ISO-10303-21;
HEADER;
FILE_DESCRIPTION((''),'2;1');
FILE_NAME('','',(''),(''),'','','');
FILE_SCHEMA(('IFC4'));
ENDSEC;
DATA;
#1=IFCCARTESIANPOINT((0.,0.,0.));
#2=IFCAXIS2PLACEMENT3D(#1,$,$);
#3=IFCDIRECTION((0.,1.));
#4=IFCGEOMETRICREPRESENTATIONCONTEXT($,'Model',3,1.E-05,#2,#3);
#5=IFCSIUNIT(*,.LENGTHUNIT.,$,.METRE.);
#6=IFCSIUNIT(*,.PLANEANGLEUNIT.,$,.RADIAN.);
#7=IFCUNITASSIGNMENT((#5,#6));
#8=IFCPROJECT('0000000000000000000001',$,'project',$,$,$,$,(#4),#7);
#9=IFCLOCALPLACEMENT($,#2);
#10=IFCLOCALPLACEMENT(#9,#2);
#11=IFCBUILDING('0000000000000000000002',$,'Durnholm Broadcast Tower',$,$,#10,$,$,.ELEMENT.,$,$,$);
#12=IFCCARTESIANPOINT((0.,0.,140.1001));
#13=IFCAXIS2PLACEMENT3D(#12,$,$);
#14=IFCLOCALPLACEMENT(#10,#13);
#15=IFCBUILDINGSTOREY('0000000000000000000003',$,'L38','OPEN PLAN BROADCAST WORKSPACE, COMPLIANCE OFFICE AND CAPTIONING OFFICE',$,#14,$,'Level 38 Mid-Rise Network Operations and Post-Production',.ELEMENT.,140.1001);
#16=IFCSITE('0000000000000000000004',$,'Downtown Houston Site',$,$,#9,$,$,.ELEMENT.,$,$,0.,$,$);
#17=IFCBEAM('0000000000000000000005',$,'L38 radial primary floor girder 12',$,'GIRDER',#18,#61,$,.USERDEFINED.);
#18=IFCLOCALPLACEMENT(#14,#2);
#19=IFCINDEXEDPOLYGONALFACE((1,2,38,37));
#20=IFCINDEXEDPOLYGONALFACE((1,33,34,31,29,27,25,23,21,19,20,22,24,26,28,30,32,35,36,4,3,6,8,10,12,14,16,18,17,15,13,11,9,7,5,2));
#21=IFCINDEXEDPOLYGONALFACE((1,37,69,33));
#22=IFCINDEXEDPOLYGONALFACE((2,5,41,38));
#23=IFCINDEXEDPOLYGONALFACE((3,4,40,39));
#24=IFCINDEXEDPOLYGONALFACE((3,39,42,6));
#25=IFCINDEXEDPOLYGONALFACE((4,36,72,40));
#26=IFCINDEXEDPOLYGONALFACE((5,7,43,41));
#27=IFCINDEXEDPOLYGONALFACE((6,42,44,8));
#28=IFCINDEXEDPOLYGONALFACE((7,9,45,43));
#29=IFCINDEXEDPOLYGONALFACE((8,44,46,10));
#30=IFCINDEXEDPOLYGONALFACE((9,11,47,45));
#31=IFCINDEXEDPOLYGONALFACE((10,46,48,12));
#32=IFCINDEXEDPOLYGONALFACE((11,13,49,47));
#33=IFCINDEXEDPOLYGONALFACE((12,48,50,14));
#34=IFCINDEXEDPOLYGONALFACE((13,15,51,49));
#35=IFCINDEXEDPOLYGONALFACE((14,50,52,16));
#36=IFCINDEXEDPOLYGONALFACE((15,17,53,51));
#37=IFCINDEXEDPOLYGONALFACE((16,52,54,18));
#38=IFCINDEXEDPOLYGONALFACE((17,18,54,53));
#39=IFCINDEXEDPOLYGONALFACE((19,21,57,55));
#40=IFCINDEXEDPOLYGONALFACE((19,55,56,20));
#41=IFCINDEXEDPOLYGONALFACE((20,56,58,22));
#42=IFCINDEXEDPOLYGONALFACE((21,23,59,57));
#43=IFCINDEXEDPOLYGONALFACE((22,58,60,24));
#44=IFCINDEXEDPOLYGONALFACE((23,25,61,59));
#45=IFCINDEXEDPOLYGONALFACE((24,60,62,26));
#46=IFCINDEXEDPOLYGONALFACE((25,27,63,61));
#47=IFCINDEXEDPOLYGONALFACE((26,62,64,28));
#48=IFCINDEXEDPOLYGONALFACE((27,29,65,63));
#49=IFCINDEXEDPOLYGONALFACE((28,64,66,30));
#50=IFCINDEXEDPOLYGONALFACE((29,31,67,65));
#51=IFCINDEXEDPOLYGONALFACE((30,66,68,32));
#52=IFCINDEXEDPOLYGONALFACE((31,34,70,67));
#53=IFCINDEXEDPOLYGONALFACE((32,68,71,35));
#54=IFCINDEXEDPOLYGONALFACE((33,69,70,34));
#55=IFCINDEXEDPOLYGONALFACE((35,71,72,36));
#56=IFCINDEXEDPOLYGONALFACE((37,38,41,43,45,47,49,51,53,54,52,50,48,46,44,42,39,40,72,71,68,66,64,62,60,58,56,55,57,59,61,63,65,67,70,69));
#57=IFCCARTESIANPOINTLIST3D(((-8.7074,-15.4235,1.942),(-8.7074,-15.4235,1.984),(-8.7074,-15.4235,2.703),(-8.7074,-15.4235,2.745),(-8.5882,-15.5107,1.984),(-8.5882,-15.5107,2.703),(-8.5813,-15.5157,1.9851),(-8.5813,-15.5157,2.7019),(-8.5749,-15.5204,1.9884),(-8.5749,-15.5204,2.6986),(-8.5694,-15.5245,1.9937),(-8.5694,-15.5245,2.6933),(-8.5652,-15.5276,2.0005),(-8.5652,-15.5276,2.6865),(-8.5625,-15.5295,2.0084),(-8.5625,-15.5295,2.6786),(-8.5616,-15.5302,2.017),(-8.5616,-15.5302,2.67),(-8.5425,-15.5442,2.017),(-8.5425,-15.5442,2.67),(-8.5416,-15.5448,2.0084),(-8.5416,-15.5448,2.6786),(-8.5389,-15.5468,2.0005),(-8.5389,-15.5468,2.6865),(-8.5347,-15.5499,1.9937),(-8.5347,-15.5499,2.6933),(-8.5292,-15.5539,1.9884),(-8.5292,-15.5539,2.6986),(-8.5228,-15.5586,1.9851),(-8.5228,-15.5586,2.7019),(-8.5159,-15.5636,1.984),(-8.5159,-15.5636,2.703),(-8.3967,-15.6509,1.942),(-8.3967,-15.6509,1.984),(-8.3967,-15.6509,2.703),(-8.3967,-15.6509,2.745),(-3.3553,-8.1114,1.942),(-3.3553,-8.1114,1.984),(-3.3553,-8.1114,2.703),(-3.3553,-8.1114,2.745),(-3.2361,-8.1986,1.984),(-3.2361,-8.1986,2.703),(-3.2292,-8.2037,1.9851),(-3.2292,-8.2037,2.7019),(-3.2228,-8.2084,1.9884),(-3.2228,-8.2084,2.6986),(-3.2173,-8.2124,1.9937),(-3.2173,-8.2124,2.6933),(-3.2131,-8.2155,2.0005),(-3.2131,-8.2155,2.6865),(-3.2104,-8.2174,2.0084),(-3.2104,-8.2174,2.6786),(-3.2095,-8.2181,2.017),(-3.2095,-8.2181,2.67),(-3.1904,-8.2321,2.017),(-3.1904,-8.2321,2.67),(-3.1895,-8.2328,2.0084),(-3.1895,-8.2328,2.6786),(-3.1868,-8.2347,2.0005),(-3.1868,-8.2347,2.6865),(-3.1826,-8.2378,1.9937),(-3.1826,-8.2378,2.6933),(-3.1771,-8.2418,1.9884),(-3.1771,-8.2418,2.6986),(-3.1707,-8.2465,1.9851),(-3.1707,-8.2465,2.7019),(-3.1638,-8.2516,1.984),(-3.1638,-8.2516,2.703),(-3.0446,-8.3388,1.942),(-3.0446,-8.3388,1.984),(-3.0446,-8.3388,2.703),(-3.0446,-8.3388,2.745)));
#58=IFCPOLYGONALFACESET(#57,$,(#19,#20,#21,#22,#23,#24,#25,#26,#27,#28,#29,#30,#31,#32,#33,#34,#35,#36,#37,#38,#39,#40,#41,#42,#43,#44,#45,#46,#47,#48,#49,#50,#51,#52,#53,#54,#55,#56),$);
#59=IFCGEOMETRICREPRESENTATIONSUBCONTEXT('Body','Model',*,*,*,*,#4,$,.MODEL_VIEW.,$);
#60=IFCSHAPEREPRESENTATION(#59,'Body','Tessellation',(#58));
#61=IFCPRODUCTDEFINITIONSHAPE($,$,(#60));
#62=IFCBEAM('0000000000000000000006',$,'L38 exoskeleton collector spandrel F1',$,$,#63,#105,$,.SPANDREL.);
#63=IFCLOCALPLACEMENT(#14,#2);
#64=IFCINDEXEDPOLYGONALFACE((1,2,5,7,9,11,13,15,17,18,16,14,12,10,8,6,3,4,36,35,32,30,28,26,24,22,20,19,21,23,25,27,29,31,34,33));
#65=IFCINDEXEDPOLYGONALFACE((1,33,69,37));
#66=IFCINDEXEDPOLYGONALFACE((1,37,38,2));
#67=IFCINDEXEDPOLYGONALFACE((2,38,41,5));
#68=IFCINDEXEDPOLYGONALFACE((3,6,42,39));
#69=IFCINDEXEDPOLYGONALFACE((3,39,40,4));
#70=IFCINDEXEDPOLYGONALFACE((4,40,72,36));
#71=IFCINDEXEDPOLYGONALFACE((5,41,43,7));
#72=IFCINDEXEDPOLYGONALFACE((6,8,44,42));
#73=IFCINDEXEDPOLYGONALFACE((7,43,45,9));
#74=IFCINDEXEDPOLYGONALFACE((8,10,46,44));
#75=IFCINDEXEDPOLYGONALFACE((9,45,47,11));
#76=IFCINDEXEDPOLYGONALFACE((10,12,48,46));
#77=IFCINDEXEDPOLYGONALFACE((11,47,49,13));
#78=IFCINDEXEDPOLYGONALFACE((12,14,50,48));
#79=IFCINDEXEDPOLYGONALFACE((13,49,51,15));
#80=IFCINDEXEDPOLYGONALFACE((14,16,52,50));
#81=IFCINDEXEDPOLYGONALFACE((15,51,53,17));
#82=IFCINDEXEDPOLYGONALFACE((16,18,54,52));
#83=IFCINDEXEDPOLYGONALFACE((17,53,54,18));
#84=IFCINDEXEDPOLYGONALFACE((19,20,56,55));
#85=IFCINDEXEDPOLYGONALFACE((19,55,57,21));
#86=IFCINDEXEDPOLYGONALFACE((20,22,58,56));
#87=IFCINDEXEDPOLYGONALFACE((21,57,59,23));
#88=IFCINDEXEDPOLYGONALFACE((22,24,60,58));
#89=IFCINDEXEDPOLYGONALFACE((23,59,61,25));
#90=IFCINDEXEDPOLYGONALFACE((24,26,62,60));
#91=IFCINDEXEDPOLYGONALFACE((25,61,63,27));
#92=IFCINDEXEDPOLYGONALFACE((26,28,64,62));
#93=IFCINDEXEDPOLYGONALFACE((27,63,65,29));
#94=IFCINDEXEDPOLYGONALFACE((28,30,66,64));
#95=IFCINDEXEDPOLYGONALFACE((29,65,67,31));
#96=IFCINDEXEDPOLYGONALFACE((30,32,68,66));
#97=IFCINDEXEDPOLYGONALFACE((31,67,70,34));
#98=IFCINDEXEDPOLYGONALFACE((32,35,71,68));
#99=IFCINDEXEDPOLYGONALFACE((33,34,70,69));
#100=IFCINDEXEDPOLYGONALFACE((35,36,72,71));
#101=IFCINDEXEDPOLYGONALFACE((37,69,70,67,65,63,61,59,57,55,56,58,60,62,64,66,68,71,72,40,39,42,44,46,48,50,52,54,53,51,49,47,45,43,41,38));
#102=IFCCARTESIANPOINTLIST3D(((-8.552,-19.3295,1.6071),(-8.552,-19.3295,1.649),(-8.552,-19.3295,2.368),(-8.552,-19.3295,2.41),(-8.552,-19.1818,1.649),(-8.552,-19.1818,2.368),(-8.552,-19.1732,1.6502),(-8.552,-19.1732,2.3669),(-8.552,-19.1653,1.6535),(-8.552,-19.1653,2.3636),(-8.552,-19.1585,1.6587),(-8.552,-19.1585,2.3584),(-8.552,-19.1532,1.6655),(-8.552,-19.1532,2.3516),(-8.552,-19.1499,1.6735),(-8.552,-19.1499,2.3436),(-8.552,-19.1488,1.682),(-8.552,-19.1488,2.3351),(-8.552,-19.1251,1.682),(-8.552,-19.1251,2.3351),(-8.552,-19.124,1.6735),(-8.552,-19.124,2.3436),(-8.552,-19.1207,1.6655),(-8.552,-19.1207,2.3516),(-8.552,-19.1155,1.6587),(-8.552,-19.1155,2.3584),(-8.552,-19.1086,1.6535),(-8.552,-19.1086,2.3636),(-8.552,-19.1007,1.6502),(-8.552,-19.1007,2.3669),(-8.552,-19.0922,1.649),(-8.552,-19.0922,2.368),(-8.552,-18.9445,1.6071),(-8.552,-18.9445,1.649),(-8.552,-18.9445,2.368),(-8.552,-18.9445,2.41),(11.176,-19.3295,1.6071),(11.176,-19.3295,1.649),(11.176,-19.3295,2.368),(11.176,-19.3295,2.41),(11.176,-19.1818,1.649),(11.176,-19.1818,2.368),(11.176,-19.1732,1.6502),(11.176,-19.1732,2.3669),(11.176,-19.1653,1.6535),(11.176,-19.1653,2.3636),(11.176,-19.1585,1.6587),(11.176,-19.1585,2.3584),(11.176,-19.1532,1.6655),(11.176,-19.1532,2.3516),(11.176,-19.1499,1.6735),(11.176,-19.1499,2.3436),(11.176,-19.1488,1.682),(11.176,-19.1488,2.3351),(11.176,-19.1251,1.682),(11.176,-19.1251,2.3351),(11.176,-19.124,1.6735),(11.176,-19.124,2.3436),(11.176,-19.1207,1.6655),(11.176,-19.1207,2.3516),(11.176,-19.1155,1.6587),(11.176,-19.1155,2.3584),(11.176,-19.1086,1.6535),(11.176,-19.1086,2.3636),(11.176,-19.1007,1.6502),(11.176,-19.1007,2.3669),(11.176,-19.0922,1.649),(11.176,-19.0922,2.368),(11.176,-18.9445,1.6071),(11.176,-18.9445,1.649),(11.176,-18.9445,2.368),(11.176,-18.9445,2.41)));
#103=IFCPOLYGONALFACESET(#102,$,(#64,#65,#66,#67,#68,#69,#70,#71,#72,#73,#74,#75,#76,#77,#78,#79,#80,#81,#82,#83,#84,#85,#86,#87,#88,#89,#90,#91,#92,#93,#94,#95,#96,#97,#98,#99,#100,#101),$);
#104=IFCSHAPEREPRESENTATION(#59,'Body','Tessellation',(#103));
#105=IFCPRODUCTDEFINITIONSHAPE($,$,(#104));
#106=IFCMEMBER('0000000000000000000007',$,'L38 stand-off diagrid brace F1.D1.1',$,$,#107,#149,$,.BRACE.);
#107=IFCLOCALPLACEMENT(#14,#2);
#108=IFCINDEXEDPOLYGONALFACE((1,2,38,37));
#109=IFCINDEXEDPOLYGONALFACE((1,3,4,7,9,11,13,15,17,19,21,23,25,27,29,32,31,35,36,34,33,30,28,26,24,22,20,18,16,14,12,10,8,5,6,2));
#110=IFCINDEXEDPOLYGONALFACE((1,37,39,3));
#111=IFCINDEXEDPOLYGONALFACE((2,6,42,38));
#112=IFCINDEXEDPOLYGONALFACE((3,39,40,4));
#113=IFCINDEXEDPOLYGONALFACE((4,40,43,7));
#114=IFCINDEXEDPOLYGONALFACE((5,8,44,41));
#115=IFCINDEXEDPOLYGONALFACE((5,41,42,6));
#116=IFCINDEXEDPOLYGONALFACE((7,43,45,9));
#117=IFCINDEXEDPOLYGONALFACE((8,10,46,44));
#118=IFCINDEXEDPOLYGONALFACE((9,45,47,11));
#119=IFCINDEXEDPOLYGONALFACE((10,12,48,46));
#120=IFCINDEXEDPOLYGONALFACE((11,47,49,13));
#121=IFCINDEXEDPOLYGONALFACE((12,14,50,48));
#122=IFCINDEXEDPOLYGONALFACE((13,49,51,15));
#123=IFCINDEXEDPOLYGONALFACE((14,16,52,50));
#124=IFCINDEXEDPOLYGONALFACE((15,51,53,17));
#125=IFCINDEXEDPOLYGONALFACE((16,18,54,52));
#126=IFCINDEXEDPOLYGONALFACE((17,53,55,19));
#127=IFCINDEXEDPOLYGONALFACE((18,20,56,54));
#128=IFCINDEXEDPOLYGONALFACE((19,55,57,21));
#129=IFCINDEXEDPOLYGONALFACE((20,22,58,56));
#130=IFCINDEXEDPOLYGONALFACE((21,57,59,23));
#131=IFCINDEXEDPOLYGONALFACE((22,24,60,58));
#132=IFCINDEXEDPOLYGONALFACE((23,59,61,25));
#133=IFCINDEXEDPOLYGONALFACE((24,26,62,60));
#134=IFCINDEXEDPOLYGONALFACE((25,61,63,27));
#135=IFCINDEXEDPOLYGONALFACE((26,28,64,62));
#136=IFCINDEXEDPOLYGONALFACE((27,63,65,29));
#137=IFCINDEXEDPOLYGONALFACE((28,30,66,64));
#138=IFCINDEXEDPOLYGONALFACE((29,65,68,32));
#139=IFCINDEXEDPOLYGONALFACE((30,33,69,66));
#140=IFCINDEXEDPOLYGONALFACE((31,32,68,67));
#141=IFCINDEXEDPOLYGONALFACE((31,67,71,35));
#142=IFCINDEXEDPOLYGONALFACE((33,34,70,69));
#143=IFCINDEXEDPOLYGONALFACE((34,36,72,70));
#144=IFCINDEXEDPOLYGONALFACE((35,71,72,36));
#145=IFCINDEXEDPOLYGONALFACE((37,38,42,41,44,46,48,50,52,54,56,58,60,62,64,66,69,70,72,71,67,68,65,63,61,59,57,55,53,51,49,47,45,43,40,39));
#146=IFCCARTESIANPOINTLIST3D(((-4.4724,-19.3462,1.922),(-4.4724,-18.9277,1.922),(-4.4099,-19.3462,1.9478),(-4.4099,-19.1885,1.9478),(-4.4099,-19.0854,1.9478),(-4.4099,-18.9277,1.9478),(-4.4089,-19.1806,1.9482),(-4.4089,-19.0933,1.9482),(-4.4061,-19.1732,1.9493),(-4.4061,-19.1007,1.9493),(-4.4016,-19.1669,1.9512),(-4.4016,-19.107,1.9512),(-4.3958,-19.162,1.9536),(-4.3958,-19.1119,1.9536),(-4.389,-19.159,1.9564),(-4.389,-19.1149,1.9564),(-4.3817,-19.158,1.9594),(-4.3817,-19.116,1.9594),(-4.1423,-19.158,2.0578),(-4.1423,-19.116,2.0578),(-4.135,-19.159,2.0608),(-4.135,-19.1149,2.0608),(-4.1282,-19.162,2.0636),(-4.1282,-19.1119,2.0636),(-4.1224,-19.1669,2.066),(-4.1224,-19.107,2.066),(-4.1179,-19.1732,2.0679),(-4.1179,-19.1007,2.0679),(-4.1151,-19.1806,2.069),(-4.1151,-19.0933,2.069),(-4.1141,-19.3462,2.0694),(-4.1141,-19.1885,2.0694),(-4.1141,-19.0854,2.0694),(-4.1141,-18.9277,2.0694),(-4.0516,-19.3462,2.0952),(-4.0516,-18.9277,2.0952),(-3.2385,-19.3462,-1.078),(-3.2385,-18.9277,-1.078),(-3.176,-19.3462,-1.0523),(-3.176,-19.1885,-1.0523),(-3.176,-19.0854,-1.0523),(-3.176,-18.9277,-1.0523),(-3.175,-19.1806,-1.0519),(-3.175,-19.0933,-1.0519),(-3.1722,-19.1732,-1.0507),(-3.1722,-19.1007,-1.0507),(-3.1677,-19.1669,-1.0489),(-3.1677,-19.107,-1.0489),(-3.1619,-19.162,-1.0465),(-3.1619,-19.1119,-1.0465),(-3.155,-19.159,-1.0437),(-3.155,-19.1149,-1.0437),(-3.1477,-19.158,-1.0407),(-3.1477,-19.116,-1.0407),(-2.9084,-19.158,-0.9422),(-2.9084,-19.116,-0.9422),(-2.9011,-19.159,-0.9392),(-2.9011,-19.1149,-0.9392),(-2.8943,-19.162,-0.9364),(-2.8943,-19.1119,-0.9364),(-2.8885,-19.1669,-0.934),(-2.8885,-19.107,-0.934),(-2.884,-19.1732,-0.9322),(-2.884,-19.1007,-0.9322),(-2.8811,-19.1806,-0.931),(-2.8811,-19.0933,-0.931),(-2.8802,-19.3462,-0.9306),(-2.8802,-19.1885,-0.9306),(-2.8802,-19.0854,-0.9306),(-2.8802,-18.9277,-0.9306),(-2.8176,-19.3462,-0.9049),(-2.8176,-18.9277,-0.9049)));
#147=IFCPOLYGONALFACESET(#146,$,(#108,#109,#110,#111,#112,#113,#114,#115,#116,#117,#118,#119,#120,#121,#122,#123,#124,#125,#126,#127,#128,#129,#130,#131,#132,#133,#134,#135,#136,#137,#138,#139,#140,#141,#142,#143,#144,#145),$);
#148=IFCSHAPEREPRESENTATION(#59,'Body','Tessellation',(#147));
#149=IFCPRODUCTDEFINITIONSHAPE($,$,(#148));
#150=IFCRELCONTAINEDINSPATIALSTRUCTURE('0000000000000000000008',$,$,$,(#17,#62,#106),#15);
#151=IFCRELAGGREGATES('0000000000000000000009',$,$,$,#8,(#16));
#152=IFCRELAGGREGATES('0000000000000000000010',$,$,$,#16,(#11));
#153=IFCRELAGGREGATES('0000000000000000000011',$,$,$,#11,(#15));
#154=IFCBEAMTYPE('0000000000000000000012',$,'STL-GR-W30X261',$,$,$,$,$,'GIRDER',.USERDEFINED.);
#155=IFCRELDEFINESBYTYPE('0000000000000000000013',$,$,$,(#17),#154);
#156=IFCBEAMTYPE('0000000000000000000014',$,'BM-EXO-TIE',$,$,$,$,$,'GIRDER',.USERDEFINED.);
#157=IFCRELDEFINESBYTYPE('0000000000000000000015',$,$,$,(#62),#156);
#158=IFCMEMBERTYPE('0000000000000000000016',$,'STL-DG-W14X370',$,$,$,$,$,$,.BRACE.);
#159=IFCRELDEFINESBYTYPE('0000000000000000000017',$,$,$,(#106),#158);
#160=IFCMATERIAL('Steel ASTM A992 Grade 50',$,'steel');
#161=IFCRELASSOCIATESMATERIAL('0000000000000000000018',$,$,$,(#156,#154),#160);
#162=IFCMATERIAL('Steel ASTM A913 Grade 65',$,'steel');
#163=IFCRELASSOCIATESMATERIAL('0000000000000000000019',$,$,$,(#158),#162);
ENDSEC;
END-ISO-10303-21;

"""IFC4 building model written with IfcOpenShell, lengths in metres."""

from ifc_helpers import new_model, si_unit, direction, frame, origin, origin_2d, place, context, subcontext, project, spatial, i_section, extrude, source, transform, mapped, material, material_profile, profile_set, type_object, type_shapes, element, save


model = new_model("IFC4")

# Units and contexts
model_context = context("Model", 3, precision=1e-05, world=origin(), true_north=direction((0.0, 1.0)))
body_context = subcontext(model_context, "Body", "Model", "MODEL_VIEW")
ifc_project = project(units=[si_unit("LENGTHUNIT", "METRE"), si_unit("PLANEANGLEUNIT", "RADIAN")], contexts=[model_context])

# Site, building, storey
site_placement = place(None, origin())
site = spatial("IfcSite", under=ifc_project, at=site_placement, Name="Downtown Houston Site", CompositionType="ELEMENT", RefElevation=0.0)
building_placement = place(site_placement, origin())
building = spatial("IfcBuilding", under=site, at=building_placement, Name="Durnholm Broadcast Tower", CompositionType="ELEMENT")
storey_placement = place(building_placement, frame((0.0, 0.0, 140.1001)))
storey = spatial("IfcBuildingStorey", under=building, at=storey_placement, Name="L38", Description="OPEN PLAN BROADCAST WORKSPACE, COMPLIANCE OFFICE AND CAPTIONING OFFICE", LongName="Level 38 Mid-Rise Network Operations and Post-Production", CompositionType="ELEMENT", Elevation=140.1001)

# Beams
ifc_material_1 = material(Name="Steel ASTM A992 Grade 50", Category="steel")
ifc_material_profile_1 = material_profile(ifc_material_1, i_section(OverallWidth=0.385, OverallDepth=0.803, WebThickness=0.0237, FlangeThickness=0.042, FilletRadius=0.033, at=origin_2d()), Name="W30X261")
ifc_profile_set_1 = profile_set([ifc_material_profile_1], Name="Steel ASTM A992 Grade 50")
beam_type_1 = type_object("IfcBeamType", Name="BM-EXO-TIE", ElementType="GIRDER", PredefinedType="USERDEFINED", material=ifc_profile_set_1)
ifc_material_profile_2 = material_profile(ifc_material_1, i_section(OverallWidth=0.385, OverallDepth=0.803, WebThickness=0.0237, FlangeThickness=0.042, FilletRadius=0.033, at=origin_2d()), Name="W30X261")
ifc_profile_set_2 = profile_set([ifc_material_profile_2], Name="Steel ASTM A992 Grade 50")
beam_type_2 = type_object("IfcBeamType", Name="STL-GR-W30X261", ElementType="GIRDER", PredefinedType="USERDEFINED", material=ifc_profile_set_2)
shared_shape_1 = source(origin(), body_context, "Body", "SweptSolid", [
    extrude(i_section(OverallWidth=0.385, OverallDepth=0.803, WebThickness=0.0237, FlangeThickness=0.042, FilletRadius=0.033, at=origin_2d()), origin(), (0.0, 0.0, 1.0), 9.0615),
])
beam_1_placement = place(storey_placement, frame((-3.2, -8.2251, 2.3435), z_axis=(-0.590639, -0.806936, 0.0), x_axis=(0.806936, -0.590639, 0.0)))
element("IfcBeam", 1, at=beam_1_placement, inside=storey, type_object=beam_type_2, Name="L38 radial primary floor girder 12", ObjectType="GIRDER", PredefinedType="USERDEFINED", context=body_context, shape_type="MappedRepresentation", body=[
    mapped(shared_shape_1, transform((0.0, 0.0, 0.0), x_axis=(1.0, 0.0, 0.0), y_axis=(0.0, 1.0, 0.0), z_axis=(0.0, 0.0, 1.0), scale=1.0)),
])
shared_shape_2 = source(origin(), body_context, "Body", "SweptSolid", [
    extrude(i_section(OverallWidth=0.385, OverallDepth=0.803, WebThickness=0.0237, FlangeThickness=0.042, FilletRadius=0.033, at=origin_2d()), origin(), (0.0, 0.0, 1.0), 19.728),
])
beam_2_placement = place(storey_placement, frame((-8.552, -19.137, 2.0085), z_axis=(1.0, 0.0, 0.0), x_axis=(0.0, 1.0, 0.0)))
element("IfcBeam", 2, at=beam_2_placement, inside=storey, type_object=beam_type_1, Name="L38 exoskeleton collector spandrel F1", PredefinedType="SPANDREL", context=body_context, shape_type="MappedRepresentation", body=[
    mapped(shared_shape_2, transform((0.0, 0.0, 0.0), x_axis=(1.0, 0.0, 0.0), y_axis=(0.0, 1.0, 0.0), z_axis=(0.0, 0.0, 1.0), scale=1.0)),
])

# Member
ifc_material_2 = material(Name="Steel ASTM A913 Grade 65", Category="steel")
ifc_material_profile_3 = material_profile(ifc_material_2, i_section(OverallWidth=0.4185, OverallDepth=0.4551, WebThickness=0.042, FlangeThickness=0.0676, FilletRadius=0.0305, at=origin_2d()), Name="W14X370")
ifc_profile_set_3 = profile_set([ifc_material_profile_3], Name="Steel ASTM A913 Grade 65")
member_type_1 = type_object("IfcMemberType", Name="STL-DG-W14X370", PredefinedType="BRACE", material=ifc_profile_set_3)
shared_shape_3 = source(origin(), body_context, "Body", "SweptSolid", [
    extrude(i_section(OverallWidth=0.4185, OverallDepth=0.4551, WebThickness=0.042, FlangeThickness=0.0676, FilletRadius=0.0305, at=origin_2d()), origin(), (0.0, 0.0, 1.0), 3.2439),
])
type_shapes(member_type_1, [shared_shape_3])
for number, where, z_axis, x_axis, name in (
    (3, (-3.0281, -19.137, -0.9915), (-0.380379, 0.0, 0.924831), (0.0, -1.0, 0.0), "L38 stand-off diagrid brace F1.D1.1"),
):
    element("IfcMember", number, at=place(storey_placement, frame(where, z_axis=z_axis, x_axis=x_axis)), inside=storey, type_object=member_type_1, Name=name, PredefinedType="BRACE", context=body_context, shape_type="MappedRepresentation", body=[
        mapped(shared_shape_3, transform((0.0, 0.0, 0.0), x_axis=(1.0, 0.0, 0.0), y_axis=(0.0, 1.0, 0.0), z_axis=(0.0, 0.0, 1.0), scale=1.0)),
    ])

save(model, "model.ifc")
